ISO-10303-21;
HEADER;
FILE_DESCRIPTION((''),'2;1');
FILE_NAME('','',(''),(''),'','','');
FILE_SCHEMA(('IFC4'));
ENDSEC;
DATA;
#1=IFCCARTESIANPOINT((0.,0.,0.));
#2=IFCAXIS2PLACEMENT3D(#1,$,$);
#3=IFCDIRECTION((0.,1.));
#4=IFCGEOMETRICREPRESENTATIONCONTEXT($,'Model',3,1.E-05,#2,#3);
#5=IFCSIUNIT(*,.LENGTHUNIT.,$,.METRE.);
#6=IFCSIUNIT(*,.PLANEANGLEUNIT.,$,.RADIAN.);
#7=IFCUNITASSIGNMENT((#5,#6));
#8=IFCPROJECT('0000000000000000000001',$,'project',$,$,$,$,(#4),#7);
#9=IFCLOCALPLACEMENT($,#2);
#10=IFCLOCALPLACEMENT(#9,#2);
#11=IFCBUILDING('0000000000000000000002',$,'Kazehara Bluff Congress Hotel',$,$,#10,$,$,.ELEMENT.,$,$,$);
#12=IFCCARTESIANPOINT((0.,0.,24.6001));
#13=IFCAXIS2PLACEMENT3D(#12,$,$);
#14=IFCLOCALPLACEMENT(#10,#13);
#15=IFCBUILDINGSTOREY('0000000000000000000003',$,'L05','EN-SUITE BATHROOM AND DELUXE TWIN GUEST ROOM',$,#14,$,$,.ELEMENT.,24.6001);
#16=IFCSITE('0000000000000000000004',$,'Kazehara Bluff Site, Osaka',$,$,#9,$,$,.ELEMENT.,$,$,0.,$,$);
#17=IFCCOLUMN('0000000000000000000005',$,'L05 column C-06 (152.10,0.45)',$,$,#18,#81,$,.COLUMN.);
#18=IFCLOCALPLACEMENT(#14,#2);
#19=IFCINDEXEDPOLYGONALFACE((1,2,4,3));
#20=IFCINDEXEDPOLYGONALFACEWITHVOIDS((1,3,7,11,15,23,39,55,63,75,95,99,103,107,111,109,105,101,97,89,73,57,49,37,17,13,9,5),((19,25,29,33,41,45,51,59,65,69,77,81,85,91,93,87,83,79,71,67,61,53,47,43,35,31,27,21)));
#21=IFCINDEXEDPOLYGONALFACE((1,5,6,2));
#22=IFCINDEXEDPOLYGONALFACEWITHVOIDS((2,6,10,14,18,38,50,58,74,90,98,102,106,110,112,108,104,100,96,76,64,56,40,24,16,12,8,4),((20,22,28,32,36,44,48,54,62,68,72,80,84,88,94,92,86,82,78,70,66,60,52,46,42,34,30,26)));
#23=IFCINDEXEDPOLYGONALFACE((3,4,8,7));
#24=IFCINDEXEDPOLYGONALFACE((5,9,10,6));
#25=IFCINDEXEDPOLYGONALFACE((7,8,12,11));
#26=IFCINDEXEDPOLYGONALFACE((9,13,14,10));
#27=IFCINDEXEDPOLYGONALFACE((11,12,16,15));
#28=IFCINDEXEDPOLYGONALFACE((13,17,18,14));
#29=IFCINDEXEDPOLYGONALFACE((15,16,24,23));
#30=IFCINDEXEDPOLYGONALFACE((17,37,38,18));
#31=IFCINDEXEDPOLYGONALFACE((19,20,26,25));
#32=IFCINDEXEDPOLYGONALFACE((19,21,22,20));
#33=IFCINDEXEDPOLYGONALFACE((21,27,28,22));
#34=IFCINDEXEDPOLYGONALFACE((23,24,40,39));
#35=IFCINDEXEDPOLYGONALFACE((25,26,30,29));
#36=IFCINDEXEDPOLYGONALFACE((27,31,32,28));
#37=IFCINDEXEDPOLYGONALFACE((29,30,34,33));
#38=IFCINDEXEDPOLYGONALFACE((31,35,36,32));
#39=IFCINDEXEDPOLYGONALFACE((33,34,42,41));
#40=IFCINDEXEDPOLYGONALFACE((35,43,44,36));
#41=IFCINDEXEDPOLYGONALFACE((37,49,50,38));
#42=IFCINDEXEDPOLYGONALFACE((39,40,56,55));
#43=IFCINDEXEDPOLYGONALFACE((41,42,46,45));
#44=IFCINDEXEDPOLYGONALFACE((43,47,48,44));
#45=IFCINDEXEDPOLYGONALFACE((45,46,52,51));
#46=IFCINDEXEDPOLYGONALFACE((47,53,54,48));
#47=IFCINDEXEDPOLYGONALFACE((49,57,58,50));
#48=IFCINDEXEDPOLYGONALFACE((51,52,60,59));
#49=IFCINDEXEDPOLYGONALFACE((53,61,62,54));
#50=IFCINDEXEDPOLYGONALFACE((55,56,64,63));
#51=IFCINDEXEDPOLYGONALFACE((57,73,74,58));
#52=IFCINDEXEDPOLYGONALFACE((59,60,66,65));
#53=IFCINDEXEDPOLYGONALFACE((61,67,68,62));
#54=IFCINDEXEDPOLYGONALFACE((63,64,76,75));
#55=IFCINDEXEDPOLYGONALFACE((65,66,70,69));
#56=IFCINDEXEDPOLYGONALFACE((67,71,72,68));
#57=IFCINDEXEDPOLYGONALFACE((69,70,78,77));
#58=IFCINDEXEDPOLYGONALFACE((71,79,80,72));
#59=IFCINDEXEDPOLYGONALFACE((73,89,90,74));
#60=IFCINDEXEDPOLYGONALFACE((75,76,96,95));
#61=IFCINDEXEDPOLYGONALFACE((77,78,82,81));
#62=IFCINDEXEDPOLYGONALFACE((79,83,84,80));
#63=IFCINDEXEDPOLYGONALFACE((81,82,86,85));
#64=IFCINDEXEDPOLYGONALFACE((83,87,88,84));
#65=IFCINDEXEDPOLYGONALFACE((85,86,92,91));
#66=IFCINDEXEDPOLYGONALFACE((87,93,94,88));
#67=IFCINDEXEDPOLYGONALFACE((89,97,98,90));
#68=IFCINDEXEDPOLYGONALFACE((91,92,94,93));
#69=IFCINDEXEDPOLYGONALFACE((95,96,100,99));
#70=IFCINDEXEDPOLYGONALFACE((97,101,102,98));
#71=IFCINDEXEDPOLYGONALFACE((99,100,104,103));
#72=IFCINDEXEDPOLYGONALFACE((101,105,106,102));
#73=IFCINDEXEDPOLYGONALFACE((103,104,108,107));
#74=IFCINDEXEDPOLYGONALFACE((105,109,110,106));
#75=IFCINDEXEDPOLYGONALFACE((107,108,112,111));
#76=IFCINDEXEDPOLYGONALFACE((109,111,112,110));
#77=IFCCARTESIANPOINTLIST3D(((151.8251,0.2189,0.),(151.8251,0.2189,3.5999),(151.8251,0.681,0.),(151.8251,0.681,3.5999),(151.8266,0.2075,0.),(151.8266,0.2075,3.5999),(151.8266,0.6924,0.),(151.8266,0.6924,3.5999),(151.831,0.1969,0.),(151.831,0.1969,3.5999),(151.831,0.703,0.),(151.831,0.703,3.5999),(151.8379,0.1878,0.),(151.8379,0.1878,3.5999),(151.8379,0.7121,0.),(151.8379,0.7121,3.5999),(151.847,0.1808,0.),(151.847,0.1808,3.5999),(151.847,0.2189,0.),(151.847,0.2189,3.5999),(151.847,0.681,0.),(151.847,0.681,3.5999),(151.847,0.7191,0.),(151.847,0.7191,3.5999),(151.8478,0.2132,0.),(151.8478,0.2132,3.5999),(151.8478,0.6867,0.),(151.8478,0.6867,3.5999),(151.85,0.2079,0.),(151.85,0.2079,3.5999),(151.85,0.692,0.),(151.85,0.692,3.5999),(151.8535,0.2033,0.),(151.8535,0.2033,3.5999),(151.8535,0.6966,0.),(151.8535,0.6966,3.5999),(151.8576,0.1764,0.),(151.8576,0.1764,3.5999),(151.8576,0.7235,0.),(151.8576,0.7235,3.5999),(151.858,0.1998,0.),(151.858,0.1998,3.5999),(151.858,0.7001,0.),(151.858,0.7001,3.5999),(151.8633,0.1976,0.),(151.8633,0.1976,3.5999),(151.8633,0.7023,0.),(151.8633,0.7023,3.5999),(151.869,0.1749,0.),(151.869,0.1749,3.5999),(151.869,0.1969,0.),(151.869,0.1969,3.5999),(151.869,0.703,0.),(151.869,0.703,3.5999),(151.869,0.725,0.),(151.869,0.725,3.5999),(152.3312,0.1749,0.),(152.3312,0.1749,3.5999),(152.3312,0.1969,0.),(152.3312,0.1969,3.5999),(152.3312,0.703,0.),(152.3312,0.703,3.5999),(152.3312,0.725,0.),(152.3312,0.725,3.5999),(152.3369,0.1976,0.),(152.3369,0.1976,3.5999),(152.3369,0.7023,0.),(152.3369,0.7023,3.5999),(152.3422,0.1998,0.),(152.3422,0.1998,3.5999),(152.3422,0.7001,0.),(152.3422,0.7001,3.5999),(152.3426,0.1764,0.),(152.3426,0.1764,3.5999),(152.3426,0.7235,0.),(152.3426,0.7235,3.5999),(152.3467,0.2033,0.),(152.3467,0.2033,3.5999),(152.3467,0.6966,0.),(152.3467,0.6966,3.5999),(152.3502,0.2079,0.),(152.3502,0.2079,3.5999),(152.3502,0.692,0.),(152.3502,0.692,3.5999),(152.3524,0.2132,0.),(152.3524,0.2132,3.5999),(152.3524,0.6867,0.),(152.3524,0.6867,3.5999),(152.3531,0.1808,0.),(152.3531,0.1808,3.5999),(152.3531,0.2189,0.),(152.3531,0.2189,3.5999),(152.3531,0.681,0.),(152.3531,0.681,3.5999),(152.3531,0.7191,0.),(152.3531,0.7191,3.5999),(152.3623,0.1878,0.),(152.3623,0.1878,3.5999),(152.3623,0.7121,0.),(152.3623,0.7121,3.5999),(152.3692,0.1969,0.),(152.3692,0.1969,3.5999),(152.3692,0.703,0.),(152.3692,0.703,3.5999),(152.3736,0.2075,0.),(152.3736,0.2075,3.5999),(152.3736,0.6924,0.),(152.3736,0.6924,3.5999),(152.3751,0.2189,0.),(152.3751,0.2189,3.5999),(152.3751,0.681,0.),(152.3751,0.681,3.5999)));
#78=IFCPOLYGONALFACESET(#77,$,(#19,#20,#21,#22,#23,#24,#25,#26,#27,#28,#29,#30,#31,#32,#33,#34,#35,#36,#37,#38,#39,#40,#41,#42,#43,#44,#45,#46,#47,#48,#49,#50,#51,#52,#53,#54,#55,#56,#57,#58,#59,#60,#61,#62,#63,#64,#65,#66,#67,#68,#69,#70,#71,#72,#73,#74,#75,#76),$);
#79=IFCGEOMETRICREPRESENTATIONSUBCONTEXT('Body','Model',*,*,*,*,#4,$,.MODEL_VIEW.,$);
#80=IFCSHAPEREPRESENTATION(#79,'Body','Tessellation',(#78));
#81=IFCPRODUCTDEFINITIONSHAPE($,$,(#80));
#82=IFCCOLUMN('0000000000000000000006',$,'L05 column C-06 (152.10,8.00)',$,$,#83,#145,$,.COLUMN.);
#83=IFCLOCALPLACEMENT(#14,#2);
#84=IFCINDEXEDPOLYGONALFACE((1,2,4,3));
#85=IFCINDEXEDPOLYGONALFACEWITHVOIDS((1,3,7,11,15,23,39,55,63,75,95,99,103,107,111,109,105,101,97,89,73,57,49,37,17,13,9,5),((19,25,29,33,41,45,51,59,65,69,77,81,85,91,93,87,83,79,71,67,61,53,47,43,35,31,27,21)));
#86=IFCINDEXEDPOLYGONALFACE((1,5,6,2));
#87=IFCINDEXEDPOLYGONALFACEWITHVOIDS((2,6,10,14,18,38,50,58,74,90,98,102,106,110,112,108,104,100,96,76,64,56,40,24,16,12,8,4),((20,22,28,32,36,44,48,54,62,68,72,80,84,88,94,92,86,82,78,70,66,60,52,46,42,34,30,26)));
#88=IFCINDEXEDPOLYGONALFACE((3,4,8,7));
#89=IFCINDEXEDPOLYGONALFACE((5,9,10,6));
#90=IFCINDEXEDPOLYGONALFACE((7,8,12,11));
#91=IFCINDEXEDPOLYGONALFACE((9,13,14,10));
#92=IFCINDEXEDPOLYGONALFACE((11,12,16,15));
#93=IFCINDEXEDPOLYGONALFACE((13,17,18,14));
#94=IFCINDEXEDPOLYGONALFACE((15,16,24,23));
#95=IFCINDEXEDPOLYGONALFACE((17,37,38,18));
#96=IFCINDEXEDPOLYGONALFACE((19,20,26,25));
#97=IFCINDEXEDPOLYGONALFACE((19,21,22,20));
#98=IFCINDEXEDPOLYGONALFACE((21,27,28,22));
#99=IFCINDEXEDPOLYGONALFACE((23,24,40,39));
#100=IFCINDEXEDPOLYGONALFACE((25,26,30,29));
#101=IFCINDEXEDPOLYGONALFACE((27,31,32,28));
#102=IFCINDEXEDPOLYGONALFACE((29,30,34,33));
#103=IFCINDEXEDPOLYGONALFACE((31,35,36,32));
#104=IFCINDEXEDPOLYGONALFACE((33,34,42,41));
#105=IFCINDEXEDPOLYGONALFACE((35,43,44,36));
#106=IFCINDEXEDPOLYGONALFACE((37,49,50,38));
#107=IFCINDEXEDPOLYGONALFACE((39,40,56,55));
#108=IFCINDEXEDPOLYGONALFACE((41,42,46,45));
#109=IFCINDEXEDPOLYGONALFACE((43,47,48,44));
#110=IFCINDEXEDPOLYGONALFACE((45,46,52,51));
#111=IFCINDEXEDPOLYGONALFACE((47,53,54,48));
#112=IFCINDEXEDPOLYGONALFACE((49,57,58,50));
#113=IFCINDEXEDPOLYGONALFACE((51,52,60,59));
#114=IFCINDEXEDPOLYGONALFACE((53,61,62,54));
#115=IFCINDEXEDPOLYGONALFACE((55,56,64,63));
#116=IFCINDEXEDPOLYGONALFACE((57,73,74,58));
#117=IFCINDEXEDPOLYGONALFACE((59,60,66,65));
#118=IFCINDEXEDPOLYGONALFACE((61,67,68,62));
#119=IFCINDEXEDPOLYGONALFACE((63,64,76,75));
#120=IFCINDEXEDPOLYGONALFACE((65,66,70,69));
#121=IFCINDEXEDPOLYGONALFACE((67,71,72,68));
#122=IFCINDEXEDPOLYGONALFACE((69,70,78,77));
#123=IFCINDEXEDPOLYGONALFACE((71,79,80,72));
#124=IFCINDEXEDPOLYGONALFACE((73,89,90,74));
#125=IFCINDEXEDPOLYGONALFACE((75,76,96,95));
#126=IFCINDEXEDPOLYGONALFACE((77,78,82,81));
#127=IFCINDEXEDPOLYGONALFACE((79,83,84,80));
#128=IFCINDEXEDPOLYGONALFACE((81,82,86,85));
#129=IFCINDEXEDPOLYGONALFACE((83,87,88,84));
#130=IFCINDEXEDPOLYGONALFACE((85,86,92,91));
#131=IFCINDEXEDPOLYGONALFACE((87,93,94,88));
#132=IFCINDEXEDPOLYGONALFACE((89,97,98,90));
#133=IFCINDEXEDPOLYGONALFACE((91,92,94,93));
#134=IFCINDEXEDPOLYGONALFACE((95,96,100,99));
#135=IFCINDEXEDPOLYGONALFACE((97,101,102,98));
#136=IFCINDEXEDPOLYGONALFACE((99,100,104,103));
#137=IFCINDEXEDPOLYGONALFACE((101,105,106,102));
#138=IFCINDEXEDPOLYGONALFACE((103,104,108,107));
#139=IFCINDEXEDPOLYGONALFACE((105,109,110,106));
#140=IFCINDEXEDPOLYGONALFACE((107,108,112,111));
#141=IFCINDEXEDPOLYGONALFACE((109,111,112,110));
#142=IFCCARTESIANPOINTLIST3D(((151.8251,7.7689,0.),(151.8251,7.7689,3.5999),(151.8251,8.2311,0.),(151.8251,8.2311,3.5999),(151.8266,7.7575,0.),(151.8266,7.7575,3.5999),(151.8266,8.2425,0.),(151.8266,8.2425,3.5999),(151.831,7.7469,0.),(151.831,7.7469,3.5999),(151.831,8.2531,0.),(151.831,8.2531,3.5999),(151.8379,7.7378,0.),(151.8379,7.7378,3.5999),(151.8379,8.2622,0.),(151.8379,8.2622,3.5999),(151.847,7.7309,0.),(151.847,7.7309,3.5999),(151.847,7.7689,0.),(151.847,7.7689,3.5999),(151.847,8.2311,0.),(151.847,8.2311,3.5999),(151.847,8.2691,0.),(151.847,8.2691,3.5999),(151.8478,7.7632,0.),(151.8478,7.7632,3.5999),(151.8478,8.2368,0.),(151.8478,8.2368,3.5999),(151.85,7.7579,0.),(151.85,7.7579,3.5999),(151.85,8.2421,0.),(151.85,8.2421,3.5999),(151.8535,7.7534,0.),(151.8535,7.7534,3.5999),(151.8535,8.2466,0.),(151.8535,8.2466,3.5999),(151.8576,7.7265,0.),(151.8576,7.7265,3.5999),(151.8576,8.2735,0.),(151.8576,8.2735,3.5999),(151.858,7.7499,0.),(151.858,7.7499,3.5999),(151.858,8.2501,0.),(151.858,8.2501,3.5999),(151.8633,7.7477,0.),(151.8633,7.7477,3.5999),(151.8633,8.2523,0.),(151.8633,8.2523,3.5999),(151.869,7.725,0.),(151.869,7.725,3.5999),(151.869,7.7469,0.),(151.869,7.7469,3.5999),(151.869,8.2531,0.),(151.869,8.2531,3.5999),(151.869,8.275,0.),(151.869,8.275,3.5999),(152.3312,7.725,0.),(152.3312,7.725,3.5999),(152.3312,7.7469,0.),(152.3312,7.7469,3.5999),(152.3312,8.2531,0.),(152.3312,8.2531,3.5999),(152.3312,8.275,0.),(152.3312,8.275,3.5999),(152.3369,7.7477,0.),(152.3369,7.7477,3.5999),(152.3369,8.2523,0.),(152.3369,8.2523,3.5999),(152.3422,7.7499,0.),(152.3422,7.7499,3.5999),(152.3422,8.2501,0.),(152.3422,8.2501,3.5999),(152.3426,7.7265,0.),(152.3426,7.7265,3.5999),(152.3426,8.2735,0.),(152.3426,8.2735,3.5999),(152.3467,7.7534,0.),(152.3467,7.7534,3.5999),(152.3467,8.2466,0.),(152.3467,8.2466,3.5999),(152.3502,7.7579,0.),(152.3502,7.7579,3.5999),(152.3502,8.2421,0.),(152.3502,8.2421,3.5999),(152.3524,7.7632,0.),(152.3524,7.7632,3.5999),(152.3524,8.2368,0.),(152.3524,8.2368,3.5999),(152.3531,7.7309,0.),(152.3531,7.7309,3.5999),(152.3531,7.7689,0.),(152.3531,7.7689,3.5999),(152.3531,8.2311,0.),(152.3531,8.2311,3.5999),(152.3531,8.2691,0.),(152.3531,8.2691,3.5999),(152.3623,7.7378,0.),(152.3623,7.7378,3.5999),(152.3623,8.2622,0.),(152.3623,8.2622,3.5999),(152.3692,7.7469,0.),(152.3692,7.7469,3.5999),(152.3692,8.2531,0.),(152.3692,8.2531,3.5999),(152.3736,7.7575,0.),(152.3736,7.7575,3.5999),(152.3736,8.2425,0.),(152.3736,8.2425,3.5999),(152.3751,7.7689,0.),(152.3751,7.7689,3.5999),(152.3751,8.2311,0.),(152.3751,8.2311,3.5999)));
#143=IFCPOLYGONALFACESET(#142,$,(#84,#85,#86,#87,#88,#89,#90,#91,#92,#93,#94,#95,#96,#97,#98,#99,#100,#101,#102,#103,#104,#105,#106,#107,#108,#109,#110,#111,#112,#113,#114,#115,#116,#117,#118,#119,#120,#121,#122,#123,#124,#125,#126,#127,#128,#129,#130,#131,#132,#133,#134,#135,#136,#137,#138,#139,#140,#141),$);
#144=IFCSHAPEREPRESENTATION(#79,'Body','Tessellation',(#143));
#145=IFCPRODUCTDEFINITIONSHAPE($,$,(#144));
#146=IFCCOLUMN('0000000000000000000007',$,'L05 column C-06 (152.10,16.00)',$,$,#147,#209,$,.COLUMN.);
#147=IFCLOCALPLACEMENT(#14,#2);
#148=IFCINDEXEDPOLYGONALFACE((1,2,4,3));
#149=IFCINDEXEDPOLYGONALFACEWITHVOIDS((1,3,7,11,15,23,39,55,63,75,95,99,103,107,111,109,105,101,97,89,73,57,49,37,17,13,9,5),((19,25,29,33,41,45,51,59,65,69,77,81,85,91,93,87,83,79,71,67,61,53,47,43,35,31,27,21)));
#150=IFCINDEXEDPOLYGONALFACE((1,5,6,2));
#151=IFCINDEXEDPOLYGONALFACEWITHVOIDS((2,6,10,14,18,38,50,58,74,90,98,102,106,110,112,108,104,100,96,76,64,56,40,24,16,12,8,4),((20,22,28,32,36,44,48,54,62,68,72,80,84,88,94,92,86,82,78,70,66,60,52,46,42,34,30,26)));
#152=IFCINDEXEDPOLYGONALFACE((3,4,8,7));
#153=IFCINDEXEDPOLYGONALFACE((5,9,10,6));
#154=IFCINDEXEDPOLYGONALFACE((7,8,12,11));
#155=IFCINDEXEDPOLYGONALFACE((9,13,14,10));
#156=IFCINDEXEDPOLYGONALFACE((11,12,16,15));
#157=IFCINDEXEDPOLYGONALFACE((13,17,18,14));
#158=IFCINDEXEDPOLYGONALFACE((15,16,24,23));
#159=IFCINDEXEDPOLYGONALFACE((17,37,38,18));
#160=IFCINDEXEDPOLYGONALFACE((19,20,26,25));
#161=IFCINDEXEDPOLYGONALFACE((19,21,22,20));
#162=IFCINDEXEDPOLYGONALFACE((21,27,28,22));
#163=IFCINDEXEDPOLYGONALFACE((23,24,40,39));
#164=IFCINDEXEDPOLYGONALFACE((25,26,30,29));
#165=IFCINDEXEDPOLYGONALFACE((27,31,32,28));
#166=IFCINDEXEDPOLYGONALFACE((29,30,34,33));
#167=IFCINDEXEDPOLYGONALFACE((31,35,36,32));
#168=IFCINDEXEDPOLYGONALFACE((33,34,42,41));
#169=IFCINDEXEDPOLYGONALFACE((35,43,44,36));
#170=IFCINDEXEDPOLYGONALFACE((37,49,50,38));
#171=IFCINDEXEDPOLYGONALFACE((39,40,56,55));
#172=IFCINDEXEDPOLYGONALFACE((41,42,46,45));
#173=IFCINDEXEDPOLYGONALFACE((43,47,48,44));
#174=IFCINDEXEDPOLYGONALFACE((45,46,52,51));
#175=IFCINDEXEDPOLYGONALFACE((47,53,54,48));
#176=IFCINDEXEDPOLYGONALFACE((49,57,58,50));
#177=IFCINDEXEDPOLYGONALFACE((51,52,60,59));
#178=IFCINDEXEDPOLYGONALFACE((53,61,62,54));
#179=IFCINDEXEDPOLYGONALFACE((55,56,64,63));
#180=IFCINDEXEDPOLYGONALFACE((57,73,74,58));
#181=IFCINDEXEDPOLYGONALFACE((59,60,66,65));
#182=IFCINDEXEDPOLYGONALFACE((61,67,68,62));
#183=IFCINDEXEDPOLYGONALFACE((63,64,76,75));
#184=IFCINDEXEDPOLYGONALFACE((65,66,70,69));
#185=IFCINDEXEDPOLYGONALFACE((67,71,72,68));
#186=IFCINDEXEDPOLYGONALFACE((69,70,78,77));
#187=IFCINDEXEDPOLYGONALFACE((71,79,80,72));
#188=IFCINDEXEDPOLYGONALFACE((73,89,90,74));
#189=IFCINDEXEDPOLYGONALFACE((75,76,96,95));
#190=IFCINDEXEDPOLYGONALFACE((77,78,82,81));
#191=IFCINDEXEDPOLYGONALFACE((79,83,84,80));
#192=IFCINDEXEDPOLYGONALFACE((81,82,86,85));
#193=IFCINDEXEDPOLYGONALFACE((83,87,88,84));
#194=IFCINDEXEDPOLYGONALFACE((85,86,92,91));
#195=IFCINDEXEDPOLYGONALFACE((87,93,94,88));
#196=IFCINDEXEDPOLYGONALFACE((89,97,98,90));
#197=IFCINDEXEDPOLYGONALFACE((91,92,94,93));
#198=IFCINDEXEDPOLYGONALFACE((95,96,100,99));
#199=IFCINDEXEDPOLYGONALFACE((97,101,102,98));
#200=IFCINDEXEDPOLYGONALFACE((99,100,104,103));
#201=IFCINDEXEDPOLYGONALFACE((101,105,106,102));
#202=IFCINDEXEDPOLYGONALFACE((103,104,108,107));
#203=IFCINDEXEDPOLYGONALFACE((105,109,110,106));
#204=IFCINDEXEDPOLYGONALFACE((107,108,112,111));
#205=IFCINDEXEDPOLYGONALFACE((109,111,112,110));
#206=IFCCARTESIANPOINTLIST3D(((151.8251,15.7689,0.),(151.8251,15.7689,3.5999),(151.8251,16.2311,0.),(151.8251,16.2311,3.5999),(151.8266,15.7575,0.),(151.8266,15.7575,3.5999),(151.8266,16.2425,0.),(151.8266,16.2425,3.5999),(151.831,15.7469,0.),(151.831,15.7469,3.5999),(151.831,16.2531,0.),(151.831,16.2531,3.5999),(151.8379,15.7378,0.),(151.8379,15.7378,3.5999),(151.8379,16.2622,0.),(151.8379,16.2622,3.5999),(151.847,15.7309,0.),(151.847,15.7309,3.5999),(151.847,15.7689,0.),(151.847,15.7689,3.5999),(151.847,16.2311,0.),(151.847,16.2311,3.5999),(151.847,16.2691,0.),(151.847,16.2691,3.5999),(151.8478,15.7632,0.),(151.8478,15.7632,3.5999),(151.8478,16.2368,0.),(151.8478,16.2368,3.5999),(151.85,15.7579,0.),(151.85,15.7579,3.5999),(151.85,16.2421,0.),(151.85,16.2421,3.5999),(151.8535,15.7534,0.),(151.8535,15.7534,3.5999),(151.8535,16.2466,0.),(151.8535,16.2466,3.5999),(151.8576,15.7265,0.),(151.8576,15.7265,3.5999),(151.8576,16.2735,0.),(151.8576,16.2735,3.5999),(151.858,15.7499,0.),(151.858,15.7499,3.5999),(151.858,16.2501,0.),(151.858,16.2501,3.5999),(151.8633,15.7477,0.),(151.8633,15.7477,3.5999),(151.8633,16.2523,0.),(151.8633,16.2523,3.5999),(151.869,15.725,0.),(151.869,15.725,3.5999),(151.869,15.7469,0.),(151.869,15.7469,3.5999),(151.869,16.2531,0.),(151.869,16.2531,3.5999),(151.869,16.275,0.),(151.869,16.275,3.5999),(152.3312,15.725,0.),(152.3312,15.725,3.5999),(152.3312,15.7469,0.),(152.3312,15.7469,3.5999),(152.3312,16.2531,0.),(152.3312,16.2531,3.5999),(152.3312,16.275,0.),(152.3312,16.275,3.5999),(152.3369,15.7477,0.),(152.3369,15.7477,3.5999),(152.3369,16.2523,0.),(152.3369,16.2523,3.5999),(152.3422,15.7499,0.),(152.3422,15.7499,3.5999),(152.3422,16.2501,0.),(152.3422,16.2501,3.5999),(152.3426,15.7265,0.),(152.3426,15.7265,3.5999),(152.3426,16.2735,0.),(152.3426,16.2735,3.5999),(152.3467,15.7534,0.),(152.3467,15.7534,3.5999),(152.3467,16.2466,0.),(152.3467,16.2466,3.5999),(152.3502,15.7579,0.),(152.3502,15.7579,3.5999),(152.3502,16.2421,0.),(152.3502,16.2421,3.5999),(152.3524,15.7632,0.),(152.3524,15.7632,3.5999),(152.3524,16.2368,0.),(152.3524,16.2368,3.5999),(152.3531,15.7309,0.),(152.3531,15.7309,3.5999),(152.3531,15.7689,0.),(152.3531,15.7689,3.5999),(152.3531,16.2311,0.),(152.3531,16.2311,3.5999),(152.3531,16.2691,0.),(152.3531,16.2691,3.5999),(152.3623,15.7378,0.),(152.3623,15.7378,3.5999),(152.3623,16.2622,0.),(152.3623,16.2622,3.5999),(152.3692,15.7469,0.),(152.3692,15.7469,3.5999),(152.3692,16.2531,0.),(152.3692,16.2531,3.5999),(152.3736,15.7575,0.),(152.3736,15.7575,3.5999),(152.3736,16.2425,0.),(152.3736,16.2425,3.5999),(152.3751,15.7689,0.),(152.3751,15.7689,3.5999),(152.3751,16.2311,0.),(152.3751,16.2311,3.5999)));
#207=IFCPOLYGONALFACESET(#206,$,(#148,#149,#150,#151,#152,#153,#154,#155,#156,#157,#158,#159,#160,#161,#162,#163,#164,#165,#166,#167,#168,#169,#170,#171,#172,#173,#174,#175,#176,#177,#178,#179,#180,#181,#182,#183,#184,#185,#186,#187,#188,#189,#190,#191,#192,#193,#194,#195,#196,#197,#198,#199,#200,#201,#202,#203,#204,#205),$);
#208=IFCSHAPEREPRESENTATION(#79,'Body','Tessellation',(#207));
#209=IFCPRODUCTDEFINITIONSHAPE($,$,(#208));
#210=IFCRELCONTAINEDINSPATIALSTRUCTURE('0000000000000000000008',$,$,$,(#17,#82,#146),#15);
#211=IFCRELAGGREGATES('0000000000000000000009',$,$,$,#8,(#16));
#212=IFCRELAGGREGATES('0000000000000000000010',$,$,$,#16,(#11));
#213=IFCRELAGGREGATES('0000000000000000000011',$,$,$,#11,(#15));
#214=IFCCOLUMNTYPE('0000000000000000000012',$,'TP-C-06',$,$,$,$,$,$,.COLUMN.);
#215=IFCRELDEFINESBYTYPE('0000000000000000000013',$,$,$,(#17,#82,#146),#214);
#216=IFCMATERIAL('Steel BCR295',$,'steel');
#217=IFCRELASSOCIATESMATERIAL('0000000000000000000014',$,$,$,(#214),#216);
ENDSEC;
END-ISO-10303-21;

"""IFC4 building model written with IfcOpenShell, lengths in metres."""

from ifc_helpers import new_model, si_unit, direction, frame, origin, origin_2d, place, context, subcontext, project, spatial, hollow_rectangle, extrude, material, material_profile, profile_set, type_object, element, save


model = new_model("IFC4")

# Units and contexts
model_context = context("Model", 3, precision=1e-05, world=origin(), true_north=direction((0.0, 1.0)))
body_context = subcontext(model_context, "Body", "Model", "MODEL_VIEW")
ifc_project = project(units=[si_unit("LENGTHUNIT", "METRE"), si_unit("PLANEANGLEUNIT", "RADIAN")], contexts=[model_context])

# Site, building, storey
site_placement = place(None, origin())
site = spatial("IfcSite", under=ifc_project, at=site_placement, Name="Kazehara Bluff Site, Osaka", CompositionType="ELEMENT", RefElevation=0.0)
building_placement = place(site_placement, origin())
building = spatial("IfcBuilding", under=site, at=building_placement, Name="Kazehara Bluff Congress Hotel", CompositionType="ELEMENT")
storey_placement = place(building_placement, frame((0.0, 0.0, 24.6001)))
storey = spatial("IfcBuildingStorey", under=building, at=storey_placement, Name="L05", Description="EN-SUITE BATHROOM AND DELUXE TWIN GUEST ROOM", CompositionType="ELEMENT", Elevation=24.6001)

# Columns
ifc_material_1 = material(Name="Steel BCR295", Category="steel")
ifc_material_profile_1 = material_profile(ifc_material_1, hollow_rectangle(XDim=0.55, YDim=0.55, WallThickness=0.022, InnerFilletRadius=0.022, OuterFilletRadius=0.0439, at=origin_2d()))
ifc_profile_set_1 = profile_set([ifc_material_profile_1], Name="Steel BCR295")
column_type = type_object("IfcColumnType", Name="TP-C-06", PredefinedType="COLUMN", material=ifc_profile_set_1)
for number, where, z_axis, x_axis, name in (
    (1, (152.1001, 0.45, 0.0), (0.0, 0.0, 1.0), (1.0, 0.0, 0.0), "L05 column C-06 (152.10,0.45)"),
    (2, (152.1001, 8.0, 0.0), (0.0, 0.0, 1.0), (1.0, 0.0, 0.0), "L05 column C-06 (152.10,8.00)"),
    (3, (152.1001, 16.0, 0.0), (0.0, 0.0, 1.0), (1.0, 0.0, 0.0), "L05 column C-06 (152.10,16.00)"),
):
    element("IfcColumn", number, at=place(storey_placement, frame(where, z_axis=z_axis, x_axis=x_axis)), inside=storey, type_object=column_type, Name=name, PredefinedType="COLUMN", context=body_context, shape_type="SweptSolid", body=[
        extrude(hollow_rectangle(XDim=0.55, YDim=0.55, WallThickness=0.022, InnerFilletRadius=0.022, OuterFilletRadius=0.0439, at=origin_2d()), origin(), (0.0, 0.0, 1.0), 3.5999),
    ])

save(model, "model.ifc")
